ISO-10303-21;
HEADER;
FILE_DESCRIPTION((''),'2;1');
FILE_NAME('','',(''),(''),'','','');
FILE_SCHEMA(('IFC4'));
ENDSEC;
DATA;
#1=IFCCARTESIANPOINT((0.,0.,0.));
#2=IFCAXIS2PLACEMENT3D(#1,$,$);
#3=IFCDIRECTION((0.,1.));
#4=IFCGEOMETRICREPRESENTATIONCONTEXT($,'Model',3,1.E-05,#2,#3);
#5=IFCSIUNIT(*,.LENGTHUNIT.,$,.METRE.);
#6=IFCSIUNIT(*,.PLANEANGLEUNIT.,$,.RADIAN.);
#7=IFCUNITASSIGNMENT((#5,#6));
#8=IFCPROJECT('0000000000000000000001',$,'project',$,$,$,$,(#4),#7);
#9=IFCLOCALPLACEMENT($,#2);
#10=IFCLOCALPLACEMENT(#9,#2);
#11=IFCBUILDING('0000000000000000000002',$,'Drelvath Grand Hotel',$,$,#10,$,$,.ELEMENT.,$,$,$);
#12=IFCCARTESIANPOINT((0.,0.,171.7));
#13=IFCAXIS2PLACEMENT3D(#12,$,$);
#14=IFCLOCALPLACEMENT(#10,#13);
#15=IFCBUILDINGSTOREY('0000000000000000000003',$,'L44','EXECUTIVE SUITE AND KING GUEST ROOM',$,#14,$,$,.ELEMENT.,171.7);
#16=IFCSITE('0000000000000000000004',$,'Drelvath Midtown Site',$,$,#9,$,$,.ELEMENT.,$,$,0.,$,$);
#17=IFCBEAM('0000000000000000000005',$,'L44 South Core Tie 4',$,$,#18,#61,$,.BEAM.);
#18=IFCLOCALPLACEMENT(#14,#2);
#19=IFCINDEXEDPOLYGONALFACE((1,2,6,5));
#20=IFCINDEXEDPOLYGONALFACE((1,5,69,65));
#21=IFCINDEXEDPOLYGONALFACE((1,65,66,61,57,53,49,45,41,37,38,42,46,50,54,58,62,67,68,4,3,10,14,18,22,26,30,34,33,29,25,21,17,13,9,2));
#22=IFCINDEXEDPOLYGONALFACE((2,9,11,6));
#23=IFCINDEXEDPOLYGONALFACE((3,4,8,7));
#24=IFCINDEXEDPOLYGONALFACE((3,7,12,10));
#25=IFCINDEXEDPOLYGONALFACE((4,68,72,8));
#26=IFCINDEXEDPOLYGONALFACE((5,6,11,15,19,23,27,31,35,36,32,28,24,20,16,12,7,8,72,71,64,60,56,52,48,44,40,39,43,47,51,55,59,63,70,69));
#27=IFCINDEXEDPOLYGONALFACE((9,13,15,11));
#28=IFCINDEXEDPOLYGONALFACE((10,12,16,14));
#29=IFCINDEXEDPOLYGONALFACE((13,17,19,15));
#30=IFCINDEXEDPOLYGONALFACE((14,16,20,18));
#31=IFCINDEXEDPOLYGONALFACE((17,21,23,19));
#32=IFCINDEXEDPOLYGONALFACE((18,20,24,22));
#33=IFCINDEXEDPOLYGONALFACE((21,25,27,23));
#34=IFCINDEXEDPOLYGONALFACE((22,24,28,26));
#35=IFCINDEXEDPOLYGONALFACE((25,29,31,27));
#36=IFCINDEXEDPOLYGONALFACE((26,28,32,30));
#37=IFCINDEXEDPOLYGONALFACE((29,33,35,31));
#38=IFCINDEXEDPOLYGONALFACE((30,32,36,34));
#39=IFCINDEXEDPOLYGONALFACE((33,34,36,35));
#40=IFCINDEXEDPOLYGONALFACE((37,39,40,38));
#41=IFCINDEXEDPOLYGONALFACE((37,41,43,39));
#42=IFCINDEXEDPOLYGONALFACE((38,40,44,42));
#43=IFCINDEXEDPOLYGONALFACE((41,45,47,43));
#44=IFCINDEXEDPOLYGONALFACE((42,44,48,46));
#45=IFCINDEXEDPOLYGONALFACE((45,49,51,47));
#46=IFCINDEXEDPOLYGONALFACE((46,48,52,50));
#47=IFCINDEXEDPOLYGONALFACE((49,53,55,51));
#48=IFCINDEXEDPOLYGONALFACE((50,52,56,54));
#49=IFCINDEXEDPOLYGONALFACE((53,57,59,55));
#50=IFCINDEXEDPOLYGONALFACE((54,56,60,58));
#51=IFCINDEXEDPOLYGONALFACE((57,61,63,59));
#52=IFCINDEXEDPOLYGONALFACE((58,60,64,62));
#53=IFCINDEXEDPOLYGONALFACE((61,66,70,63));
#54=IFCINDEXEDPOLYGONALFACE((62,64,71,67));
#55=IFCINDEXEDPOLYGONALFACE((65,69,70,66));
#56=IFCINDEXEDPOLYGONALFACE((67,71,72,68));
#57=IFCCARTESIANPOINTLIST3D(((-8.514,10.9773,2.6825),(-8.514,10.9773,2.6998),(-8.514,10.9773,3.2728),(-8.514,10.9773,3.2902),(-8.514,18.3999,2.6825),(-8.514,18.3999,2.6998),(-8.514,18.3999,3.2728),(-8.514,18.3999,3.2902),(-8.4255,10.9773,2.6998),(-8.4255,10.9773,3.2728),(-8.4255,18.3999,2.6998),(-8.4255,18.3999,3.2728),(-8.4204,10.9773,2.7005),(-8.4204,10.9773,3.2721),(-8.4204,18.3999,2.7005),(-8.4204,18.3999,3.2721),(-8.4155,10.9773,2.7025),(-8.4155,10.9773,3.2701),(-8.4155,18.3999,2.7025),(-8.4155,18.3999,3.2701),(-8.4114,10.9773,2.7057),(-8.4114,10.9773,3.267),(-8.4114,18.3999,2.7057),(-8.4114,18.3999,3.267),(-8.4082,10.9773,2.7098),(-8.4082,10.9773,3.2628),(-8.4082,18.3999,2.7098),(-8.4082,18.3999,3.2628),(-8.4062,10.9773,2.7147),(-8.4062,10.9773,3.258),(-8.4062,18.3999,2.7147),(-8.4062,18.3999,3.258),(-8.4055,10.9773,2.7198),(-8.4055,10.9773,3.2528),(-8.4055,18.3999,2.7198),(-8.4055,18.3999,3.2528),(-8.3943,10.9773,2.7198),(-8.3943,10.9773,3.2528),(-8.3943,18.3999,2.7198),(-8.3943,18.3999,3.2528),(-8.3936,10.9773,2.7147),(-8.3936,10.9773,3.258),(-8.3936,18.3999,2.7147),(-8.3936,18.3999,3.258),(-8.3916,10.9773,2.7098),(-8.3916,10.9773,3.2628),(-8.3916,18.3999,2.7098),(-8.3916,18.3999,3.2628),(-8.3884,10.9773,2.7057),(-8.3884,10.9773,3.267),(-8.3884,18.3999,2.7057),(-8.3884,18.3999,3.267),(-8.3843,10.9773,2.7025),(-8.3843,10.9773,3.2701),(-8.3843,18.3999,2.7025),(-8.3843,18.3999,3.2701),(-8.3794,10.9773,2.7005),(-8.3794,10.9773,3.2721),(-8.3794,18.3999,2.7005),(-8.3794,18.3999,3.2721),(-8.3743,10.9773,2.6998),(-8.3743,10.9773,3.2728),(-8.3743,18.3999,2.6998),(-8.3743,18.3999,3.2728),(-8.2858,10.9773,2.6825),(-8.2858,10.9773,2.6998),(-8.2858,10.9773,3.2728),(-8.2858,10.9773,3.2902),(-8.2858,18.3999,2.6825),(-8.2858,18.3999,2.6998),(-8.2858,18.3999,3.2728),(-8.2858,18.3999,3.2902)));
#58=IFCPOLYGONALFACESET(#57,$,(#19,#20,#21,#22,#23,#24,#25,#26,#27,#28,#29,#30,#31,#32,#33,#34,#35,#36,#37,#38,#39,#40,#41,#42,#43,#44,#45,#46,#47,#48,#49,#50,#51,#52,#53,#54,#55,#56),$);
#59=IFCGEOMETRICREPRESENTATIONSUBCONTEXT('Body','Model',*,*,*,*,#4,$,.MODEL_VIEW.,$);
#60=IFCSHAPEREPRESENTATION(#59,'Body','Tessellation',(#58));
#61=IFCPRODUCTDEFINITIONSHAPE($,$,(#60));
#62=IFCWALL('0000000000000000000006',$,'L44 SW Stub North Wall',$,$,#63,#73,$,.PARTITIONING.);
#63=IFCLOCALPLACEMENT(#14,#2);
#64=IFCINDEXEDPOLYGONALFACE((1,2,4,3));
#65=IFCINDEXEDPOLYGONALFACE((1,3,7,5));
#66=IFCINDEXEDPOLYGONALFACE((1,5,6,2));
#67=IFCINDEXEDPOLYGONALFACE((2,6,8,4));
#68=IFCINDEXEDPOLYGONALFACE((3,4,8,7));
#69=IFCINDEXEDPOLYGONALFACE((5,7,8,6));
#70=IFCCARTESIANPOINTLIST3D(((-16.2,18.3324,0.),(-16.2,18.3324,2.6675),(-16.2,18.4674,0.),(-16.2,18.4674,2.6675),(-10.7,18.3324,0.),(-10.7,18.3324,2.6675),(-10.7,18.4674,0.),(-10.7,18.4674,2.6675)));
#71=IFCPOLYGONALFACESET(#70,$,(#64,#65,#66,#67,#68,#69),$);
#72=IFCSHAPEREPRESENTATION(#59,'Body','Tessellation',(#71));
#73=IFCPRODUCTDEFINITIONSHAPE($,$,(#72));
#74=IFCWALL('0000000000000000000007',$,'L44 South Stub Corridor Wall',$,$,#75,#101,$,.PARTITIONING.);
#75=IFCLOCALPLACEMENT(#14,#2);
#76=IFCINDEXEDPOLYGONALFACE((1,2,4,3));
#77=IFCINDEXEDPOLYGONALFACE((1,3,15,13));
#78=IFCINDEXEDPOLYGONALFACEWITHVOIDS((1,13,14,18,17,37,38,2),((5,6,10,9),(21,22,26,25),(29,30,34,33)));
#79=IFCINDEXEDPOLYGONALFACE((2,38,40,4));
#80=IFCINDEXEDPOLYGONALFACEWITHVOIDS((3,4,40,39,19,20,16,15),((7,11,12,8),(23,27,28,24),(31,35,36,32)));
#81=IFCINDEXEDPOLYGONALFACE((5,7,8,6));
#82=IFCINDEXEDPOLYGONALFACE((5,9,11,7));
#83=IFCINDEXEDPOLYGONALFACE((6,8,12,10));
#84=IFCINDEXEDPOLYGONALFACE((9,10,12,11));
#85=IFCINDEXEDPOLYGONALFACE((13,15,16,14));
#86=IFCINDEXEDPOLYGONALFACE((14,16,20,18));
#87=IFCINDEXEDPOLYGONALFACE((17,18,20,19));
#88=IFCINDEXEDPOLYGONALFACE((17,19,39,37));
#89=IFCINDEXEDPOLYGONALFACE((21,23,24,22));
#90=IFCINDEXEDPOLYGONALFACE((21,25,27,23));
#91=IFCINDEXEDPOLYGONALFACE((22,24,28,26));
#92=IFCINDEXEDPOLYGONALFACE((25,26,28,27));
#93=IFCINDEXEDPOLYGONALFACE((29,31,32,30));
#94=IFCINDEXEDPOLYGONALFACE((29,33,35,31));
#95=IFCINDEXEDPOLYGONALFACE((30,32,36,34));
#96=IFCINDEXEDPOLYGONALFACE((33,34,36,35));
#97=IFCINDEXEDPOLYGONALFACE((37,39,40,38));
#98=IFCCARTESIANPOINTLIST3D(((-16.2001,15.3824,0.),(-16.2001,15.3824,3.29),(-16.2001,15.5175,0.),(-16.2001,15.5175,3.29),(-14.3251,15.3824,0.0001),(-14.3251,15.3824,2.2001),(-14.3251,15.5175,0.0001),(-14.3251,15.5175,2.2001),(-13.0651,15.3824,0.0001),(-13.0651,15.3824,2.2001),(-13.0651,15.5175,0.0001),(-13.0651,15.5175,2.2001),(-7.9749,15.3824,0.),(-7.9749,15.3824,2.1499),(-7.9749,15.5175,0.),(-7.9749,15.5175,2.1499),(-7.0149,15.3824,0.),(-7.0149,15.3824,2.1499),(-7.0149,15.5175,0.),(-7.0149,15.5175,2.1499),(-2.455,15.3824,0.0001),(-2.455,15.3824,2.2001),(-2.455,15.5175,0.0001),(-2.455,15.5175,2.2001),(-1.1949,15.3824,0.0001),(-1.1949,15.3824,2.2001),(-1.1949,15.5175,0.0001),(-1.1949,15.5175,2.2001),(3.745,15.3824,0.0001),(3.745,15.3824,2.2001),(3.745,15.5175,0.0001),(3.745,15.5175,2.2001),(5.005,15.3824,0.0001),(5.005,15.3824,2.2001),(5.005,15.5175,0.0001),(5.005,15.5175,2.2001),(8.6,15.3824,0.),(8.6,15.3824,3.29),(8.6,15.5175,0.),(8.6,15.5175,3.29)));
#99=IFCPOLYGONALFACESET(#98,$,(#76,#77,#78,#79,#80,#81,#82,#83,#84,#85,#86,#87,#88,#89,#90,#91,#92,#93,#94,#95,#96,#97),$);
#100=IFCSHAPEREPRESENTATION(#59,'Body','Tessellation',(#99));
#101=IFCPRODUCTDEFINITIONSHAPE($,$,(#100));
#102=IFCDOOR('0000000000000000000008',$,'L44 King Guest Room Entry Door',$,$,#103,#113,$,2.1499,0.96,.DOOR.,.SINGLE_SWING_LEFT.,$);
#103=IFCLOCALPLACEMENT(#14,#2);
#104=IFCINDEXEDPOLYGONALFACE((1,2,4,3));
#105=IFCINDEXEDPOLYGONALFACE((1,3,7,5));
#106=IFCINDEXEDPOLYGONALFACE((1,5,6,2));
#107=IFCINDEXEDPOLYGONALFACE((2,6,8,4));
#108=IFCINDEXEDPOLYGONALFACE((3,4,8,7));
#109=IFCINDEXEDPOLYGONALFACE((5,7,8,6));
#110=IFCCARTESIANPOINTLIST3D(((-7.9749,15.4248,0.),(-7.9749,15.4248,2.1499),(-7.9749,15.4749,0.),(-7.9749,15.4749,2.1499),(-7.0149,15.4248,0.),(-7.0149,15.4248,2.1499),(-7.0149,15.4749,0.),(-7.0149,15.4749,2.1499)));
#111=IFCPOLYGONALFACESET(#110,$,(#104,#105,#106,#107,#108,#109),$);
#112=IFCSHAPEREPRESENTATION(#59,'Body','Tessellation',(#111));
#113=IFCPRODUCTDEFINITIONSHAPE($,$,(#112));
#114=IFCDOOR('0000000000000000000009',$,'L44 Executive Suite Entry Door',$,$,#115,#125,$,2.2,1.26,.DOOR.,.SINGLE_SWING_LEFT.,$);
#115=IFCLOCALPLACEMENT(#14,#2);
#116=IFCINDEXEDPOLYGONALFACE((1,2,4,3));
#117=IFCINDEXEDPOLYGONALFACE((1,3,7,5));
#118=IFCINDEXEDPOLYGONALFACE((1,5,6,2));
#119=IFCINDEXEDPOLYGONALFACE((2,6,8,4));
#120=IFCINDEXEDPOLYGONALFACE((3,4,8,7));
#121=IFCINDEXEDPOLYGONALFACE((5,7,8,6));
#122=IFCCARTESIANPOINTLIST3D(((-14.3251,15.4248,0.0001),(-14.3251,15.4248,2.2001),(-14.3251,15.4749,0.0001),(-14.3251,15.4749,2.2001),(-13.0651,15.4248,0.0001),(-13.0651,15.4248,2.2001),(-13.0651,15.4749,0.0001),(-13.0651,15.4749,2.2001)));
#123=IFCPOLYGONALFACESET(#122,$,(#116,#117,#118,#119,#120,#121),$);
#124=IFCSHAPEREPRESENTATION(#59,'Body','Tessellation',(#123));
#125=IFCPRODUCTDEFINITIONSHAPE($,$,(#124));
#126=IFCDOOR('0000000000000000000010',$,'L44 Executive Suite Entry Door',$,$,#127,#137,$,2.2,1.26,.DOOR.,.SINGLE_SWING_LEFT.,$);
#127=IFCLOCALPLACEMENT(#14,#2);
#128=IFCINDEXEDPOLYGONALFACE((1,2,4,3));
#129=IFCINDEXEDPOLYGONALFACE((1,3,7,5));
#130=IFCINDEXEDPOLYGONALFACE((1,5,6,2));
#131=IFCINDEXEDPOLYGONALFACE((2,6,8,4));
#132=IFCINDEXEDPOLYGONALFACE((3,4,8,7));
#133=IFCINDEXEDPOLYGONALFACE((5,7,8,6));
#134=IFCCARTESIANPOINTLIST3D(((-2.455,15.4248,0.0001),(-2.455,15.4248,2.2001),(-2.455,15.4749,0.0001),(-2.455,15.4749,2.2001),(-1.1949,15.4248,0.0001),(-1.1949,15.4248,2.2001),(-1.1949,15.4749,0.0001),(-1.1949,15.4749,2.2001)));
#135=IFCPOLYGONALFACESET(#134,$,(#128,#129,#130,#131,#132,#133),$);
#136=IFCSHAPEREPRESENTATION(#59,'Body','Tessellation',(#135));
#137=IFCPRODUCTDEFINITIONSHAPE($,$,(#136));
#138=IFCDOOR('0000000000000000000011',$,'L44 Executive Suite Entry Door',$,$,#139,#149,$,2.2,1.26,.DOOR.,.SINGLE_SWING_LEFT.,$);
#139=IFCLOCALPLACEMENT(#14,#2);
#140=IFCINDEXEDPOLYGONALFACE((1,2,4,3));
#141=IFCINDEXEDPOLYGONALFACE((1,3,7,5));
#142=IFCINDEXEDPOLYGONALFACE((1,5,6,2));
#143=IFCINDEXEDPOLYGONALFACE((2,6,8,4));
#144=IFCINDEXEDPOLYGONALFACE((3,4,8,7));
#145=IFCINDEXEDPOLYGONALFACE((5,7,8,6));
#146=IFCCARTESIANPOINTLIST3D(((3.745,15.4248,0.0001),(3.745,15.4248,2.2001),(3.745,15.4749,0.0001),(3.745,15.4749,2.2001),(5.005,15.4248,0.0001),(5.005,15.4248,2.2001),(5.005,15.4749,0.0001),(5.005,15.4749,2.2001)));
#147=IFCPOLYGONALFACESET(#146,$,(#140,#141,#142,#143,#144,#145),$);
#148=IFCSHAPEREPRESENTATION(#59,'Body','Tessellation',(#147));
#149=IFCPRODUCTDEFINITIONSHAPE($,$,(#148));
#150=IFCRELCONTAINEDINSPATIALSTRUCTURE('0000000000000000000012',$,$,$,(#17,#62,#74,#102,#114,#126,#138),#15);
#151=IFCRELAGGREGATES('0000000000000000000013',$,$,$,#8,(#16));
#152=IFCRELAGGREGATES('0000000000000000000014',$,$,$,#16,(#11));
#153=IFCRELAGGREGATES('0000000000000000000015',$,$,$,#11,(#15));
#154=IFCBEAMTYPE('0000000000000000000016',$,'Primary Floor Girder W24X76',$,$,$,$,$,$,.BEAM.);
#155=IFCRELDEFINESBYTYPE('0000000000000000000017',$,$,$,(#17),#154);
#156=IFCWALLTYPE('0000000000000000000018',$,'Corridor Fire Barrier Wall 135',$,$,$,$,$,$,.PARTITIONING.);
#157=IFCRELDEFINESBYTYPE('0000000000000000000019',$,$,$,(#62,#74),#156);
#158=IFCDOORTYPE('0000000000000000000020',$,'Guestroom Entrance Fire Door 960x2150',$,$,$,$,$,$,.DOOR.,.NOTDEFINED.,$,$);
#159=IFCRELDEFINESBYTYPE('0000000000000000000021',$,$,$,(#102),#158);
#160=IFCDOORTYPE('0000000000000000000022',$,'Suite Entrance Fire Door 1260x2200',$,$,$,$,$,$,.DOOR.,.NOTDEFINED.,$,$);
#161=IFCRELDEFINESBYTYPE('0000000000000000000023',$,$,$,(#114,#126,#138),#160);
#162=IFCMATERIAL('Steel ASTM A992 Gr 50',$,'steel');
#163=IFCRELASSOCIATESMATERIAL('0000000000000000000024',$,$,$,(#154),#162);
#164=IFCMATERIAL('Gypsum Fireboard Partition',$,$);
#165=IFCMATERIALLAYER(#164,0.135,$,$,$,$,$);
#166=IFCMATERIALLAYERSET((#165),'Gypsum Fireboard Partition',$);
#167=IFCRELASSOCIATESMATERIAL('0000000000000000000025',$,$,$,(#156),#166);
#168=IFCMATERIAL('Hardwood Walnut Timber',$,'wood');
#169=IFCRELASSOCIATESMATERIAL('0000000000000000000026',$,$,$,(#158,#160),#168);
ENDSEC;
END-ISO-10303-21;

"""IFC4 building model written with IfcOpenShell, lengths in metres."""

from ifc_helpers import new_model, si_unit, direction, frame, frame_2d, origin, origin_2d, place, context, subcontext, project, spatial, rectangle, i_section, extrude, material, layer, layer_set, material_profile, profile_set, type_object, element, fill, save


model = new_model("IFC4")

# Units and contexts
model_context = context("Model", 3, precision=1e-05, world=origin(), true_north=direction((0.0, 1.0)))
body_context = subcontext(model_context, "Body", "Model", "MODEL_VIEW")
ifc_project = project(units=[si_unit("LENGTHUNIT", "METRE"), si_unit("PLANEANGLEUNIT", "RADIAN")], contexts=[model_context])

# Site, building, storey
site_placement = place(None, origin())
site = spatial("IfcSite", under=ifc_project, at=site_placement, Name="Drelvath Midtown Site", CompositionType="ELEMENT", RefElevation=0.0)
building_placement = place(site_placement, origin())
building = spatial("IfcBuilding", under=site, at=building_placement, Name="Drelvath Grand Hotel", CompositionType="ELEMENT")
storey_placement = place(building_placement, frame((0.0, 0.0, 171.7)))
storey = spatial("IfcBuildingStorey", under=building, at=storey_placement, Name="L44", Description="EXECUTIVE SUITE AND KING GUEST ROOM", CompositionType="ELEMENT", Elevation=171.7)

# Beam
ifc_material_1 = material(Name="Steel ASTM A992 Gr 50", Category="steel")
ifc_material_profile = material_profile(ifc_material_1, i_section(OverallWidth=0.2283, OverallDepth=0.6077, WebThickness=0.0112, FlangeThickness=0.0173, FilletRadius=0.02, at=origin_2d()), Name="W24X76")
ifc_profile_set = profile_set([ifc_material_profile], Name="Steel ASTM A992 Gr 50")
beam_type = type_object("IfcBeamType", Name="Primary Floor Girder W24X76", PredefinedType="BEAM", material=ifc_profile_set)
beam_placement = place(storey_placement, frame((-8.3999, 10.9773, 2.9863), z_axis=(0.0, 1.0, 0.0), x_axis=(-1.0, 0.0, 0.0)))
element("IfcBeam", 1, at=beam_placement, inside=storey, type_object=beam_type, Name="L44 South Core Tie 4", PredefinedType="BEAM", context=body_context, shape_type="SweptSolid", body=[
    extrude(i_section(OverallWidth=0.2283, OverallDepth=0.6077, WebThickness=0.0112, FlangeThickness=0.0173, FilletRadius=0.02, at=origin_2d()), origin(), (0.0, 0.0, 1.0), 7.4226),
])

# Wall
ifc_material_2 = material(Name="Gypsum Fireboard Partition")
ifc_layer_1 = layer(ifc_material_2, 0.135)
ifc_layer_set_1 = layer_set([ifc_layer_1], Name="Gypsum Fireboard Partition")
wall_type_1 = type_object("IfcWallType", Name="Corridor Fire Barrier Wall 135", PredefinedType="PARTITIONING", material=ifc_layer_set_1)
wall_1_placement = place(storey_placement, frame((-16.2, 18.3999, 0.0), z_axis=(0.0, 0.0, 1.0), x_axis=(1.0, 0.0, 0.0)))
element("IfcWall", 2, at=wall_1_placement, inside=storey, type_object=wall_type_1, Name="L44 SW Stub North Wall", PredefinedType="PARTITIONING", context=body_context, shape_type="SweptSolid", body=[
    extrude(rectangle(XDim=5.5, YDim=0.135, at=frame_2d((2.75, 0.0))), origin(), (0.0, 0.0, 1.0), 2.6675),
])

# Wall, openings, doors
wall_2_placement = place(storey_placement, frame((-16.2, 15.45, 0.0), z_axis=(0.0, 0.0, 1.0), x_axis=(1.0, 0.0, 0.0)))
wall_2 = element("IfcWall", 3, at=wall_2_placement, inside=storey, type_object=wall_type_1, Name="L44 South Stub Corridor Wall", PredefinedType="PARTITIONING", context=body_context, shape_type="SweptSolid", body=[
    extrude(rectangle(XDim=24.8, YDim=0.135, at=frame_2d((12.3999, 0.0))), origin(), (0.0, 0.0, 1.0), 3.29),
])
opening_1_placement = place(wall_2_placement, frame((1.875, 0.0, 0.0)))
opening_1 = element("IfcOpeningElement", 4, at=opening_1_placement, cuts=wall_2, PredefinedType="OPENING", context=body_context, shape_type="SweptSolid", body=[
    extrude(rectangle(XDim=1.26, YDim=2.2, at=frame_2d((0.6299, 1.1001))), frame((0.0, 0.0774, 0.0), z_axis=(0.0, -1.0, 0.0), x_axis=(1.0, 0.0, 0.0)), (0.0, 0.0, 1.0), 0.155),
])
opening_2_placement = place(wall_2_placement, frame((8.2251, 0.0, 0.0)))
opening_2 = element("IfcOpeningElement", 5, at=opening_2_placement, cuts=wall_2, PredefinedType="OPENING", context=body_context, shape_type="SweptSolid", body=[
    extrude(rectangle(XDim=0.96, YDim=2.1499, at=frame_2d((0.48, 1.075))), frame((0.0, 0.0774, 0.0), z_axis=(0.0, -1.0, 0.0), x_axis=(1.0, 0.0, 0.0)), (0.0, 0.0, 1.0), 0.155),
])
opening_3_placement = place(wall_2_placement, frame((13.7451, 0.0, 0.0)))
opening_3 = element("IfcOpeningElement", 6, at=opening_3_placement, cuts=wall_2, PredefinedType="OPENING", context=body_context, shape_type="SweptSolid", body=[
    extrude(rectangle(XDim=1.26, YDim=2.2, at=frame_2d((0.6299, 1.1001))), frame((0.0, 0.0774, 0.0), z_axis=(0.0, -1.0, 0.0), x_axis=(1.0, 0.0, 0.0)), (0.0, 0.0, 1.0), 0.155),
])
opening_4_placement = place(wall_2_placement, frame((19.9451, 0.0, 0.0)))
opening_4 = element("IfcOpeningElement", 7, at=opening_4_placement, cuts=wall_2, PredefinedType="OPENING", context=body_context, shape_type="SweptSolid", body=[
    extrude(rectangle(XDim=1.26, YDim=2.2, at=frame_2d((0.6299, 1.1001))), frame((0.0, 0.0774, 0.0), z_axis=(0.0, -1.0, 0.0), x_axis=(1.0, 0.0, 0.0)), (0.0, 0.0, 1.0), 0.155),
])
ifc_material_3 = material(Name="Hardwood Walnut Timber", Category="wood")
door_type_1 = type_object("IfcDoorType", Name="Guestroom Entrance Fire Door 960x2150", OperationType="NOTDEFINED", PredefinedType="DOOR", material=ifc_material_3)
door_1_placement = place(opening_2_placement, origin())
door_1 = element("IfcDoor", 8, at=door_1_placement, inside=storey, type_object=door_type_1, Name="L44 King Guest Room Entry Door", OperationType="SINGLE_SWING_LEFT", OverallHeight=2.1499, OverallWidth=0.96, PredefinedType="DOOR", context=body_context, shape_type="SweptSolid", body=[
    extrude(rectangle(XDim=0.96, YDim=2.1499, at=frame_2d((0.48, 1.075))), frame((0.0, 0.0249, 0.0), z_axis=(0.0, -1.0, 0.0), x_axis=(1.0, 0.0, 0.0)), (0.0, 0.0, 1.0), 0.05),
])
fill(opening_2, door_1)
door_type_2 = type_object("IfcDoorType", Name="Suite Entrance Fire Door 1260x2200", OperationType="NOTDEFINED", PredefinedType="DOOR", material=ifc_material_3)
door_2_placement = place(opening_1_placement, origin())
door_2 = element("IfcDoor", 9, at=door_2_placement, inside=storey, type_object=door_type_2, Name="L44 Executive Suite Entry Door", OperationType="SINGLE_SWING_LEFT", OverallHeight=2.2, OverallWidth=1.26, PredefinedType="DOOR", context=body_context, shape_type="SweptSolid", body=[
    extrude(rectangle(XDim=1.26, YDim=2.2, at=frame_2d((0.6299, 1.1001))), frame((0.0, 0.0249, 0.0), z_axis=(0.0, -1.0, 0.0), x_axis=(1.0, 0.0, 0.0)), (0.0, 0.0, 1.0), 0.05),
])
fill(opening_1, door_2)
door_3_placement = place(opening_3_placement, origin())
door_3 = element("IfcDoor", 10, at=door_3_placement, inside=storey, type_object=door_type_2, Name="L44 Executive Suite Entry Door", OperationType="SINGLE_SWING_LEFT", OverallHeight=2.2, OverallWidth=1.26, PredefinedType="DOOR", context=body_context, shape_type="SweptSolid", body=[
    extrude(rectangle(XDim=1.26, YDim=2.2, at=frame_2d((0.6299, 1.1001))), frame((0.0, 0.0249, 0.0), z_axis=(0.0, -1.0, 0.0), x_axis=(1.0, 0.0, 0.0)), (0.0, 0.0, 1.0), 0.05),
])
fill(opening_3, door_3)
door_4_placement = place(opening_4_placement, origin())
door_4 = element("IfcDoor", 11, at=door_4_placement, inside=storey, type_object=door_type_2, Name="L44 Executive Suite Entry Door", OperationType="SINGLE_SWING_LEFT", OverallHeight=2.2, OverallWidth=1.26, PredefinedType="DOOR", context=body_context, shape_type="SweptSolid", body=[
    extrude(rectangle(XDim=1.26, YDim=2.2, at=frame_2d((0.6299, 1.1001))), frame((0.0, 0.0249, 0.0), z_axis=(0.0, -1.0, 0.0), x_axis=(1.0, 0.0, 0.0)), (0.0, 0.0, 1.0), 0.05),
])
fill(opening_4, door_4)

save(model, "model.ifc")
